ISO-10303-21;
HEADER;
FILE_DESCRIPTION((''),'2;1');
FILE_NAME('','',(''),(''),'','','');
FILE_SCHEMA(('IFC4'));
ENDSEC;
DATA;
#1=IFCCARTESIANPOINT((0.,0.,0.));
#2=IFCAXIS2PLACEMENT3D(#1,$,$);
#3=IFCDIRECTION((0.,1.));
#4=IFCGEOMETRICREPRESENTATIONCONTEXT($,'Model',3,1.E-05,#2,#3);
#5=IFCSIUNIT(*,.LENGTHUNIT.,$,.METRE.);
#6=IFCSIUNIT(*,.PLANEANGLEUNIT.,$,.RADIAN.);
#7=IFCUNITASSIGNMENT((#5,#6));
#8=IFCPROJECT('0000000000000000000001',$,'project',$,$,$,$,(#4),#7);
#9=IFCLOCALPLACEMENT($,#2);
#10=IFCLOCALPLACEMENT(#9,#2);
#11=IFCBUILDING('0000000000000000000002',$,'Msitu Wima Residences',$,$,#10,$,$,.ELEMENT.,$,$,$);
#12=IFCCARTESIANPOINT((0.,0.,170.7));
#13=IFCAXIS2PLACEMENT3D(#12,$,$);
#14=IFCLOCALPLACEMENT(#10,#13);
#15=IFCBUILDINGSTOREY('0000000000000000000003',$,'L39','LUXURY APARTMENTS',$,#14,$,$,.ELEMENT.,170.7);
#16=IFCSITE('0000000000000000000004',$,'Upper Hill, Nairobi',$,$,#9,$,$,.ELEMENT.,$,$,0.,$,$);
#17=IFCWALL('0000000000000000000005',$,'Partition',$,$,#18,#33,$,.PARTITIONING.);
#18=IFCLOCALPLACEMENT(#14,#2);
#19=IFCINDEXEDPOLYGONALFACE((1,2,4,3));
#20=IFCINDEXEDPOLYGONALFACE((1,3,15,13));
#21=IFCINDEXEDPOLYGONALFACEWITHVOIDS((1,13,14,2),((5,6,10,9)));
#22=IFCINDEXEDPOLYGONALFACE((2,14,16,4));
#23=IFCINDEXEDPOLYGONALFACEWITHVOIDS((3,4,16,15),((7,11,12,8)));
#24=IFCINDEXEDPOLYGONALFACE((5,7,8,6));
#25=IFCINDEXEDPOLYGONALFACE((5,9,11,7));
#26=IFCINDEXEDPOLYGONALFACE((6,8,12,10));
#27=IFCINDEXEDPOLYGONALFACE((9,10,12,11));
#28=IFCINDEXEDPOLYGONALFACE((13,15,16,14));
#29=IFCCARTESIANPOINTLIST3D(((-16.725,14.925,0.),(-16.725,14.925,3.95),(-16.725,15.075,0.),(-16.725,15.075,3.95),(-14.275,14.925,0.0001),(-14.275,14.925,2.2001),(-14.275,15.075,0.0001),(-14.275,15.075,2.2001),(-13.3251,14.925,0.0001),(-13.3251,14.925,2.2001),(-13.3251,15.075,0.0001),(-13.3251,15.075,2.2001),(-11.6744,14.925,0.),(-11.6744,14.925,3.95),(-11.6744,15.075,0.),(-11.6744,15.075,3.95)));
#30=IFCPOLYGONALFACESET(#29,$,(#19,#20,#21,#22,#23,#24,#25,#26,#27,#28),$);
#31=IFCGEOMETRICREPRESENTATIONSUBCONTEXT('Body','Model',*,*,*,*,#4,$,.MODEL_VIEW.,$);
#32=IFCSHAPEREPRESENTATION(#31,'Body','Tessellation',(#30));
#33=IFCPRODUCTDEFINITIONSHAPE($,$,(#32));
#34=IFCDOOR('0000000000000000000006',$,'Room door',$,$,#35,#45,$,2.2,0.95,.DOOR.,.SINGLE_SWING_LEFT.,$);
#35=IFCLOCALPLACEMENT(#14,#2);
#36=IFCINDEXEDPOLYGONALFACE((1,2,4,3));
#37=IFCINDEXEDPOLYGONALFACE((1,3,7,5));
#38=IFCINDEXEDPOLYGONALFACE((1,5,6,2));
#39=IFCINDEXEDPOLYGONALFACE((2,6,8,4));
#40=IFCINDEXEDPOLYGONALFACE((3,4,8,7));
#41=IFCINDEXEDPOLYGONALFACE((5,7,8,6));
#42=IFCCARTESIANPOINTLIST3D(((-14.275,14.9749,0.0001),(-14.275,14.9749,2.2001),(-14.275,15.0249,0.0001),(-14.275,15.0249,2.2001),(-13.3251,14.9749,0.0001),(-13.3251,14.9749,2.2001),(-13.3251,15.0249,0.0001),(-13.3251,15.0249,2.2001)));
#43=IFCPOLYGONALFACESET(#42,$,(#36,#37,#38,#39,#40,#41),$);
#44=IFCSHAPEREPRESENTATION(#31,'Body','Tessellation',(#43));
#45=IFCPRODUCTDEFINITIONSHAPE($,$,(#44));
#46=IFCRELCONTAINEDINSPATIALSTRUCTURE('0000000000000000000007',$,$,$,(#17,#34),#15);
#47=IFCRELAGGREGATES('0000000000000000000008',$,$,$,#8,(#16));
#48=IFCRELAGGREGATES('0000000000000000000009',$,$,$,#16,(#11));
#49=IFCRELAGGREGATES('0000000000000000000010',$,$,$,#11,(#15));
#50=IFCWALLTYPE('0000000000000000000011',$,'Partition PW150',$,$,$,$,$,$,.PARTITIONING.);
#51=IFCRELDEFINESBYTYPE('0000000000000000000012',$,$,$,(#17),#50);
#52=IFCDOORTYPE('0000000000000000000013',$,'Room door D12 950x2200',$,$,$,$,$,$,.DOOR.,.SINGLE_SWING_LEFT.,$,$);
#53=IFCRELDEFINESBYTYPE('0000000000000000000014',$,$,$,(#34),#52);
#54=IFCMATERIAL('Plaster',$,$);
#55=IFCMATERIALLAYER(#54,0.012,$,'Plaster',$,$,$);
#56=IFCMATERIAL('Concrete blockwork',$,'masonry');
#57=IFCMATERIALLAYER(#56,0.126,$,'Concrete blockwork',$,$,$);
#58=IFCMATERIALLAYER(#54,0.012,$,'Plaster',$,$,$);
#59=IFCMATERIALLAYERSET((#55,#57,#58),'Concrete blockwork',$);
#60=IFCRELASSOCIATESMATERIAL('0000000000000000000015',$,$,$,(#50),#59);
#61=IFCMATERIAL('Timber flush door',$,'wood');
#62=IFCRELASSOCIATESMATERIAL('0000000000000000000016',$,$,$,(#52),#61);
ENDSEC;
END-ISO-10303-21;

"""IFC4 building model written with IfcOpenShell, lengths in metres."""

from ifc_helpers import new_model, si_unit, direction, frame, frame_2d, origin, place, context, subcontext, project, spatial, rectangle, extrude, material, layer, layer_set, type_object, element, fill, save


model = new_model("IFC4")

# Units and contexts
model_context = context("Model", 3, precision=1e-05, world=origin(), true_north=direction((0.0, 1.0)))
body_context = subcontext(model_context, "Body", "Model", "MODEL_VIEW")
ifc_project = project(units=[si_unit("LENGTHUNIT", "METRE"), si_unit("PLANEANGLEUNIT", "RADIAN")], contexts=[model_context])

# Site, building, storey
site_placement = place(None, origin())
site = spatial("IfcSite", under=ifc_project, at=site_placement, Name="Upper Hill, Nairobi", CompositionType="ELEMENT", RefElevation=0.0)
building_placement = place(site_placement, origin())
building = spatial("IfcBuilding", under=site, at=building_placement, Name="Msitu Wima Residences", CompositionType="ELEMENT")
storey_placement = place(building_placement, frame((0.0, 0.0, 170.7)))
storey = spatial("IfcBuildingStorey", under=building, at=storey_placement, Name="L39", Description="LUXURY APARTMENTS", CompositionType="ELEMENT", Elevation=170.7)

# Shared definitions
ifc_material_1 = material(Name="Plaster")
ifc_material_2 = material(Name="Concrete blockwork", Category="masonry")
ifc_layer_1 = layer(ifc_material_1, 0.012, Name="Plaster")
ifc_layer_2 = layer(ifc_material_2, 0.126, Name="Concrete blockwork")
ifc_layer_3 = layer(ifc_material_1, 0.012, Name="Plaster")
ifc_layer_set_1 = layer_set([ifc_layer_1, ifc_layer_2, ifc_layer_3], Name="Concrete blockwork")
wall_type_1 = type_object("IfcWallType", Name="Partition PW150", PredefinedType="PARTITIONING", material=ifc_layer_set_1)

# Shared definitions
ifc_material_3 = material(Name="Timber flush door", Category="wood")
door_type = type_object("IfcDoorType", Name="Room door D12 950x2200", OperationType="SINGLE_SWING_LEFT", PredefinedType="DOOR", material=ifc_material_3)

# Wall, opening, door
wall_1_placement = place(storey_placement, frame((-16.7251, 15.0, 0.0), z_axis=(0.0, 0.0, 1.0), x_axis=(1.0, 0.0, 0.0)))
wall_1 = element("IfcWall", 1, at=wall_1_placement, inside=storey, type_object=wall_type_1, Name="Partition", PredefinedType="PARTITIONING", context=body_context, shape_type="SweptSolid", body=[
    extrude(rectangle(XDim=5.0505, YDim=0.1499, at=frame_2d((2.5254, 0.0))), origin(), (0.0, 0.0, 1.0), 3.95),
])
opening_1_placement = place(wall_1_placement, frame((2.45, 0.0, 0.0)))
opening_1 = element("IfcOpeningElement", 2, at=opening_1_placement, cuts=wall_1, PredefinedType="OPENING", context=body_context, shape_type="SweptSolid", body=[
    extrude(rectangle(XDim=0.95, YDim=2.2, at=frame_2d((0.4751, 1.1001))), frame((0.0, 0.085, 0.0), z_axis=(0.0, -1.0, 0.0), x_axis=(1.0, 0.0, 0.0)), (0.0, 0.0, 1.0), 0.1699),
])
door_1_placement = place(opening_1_placement, origin())
door_1 = element("IfcDoor", 3, at=door_1_placement, inside=storey, type_object=door_type, Name="Room door", OperationType="SINGLE_SWING_LEFT", OverallHeight=2.2, OverallWidth=0.95, PredefinedType="DOOR", context=body_context, shape_type="SweptSolid", body=[
    extrude(rectangle(XDim=0.95, YDim=2.2, at=frame_2d((0.4751, 1.1001))), frame((0.0, 0.0249, 0.0), z_axis=(0.0, -1.0, 0.0), x_axis=(1.0, 0.0, 0.0)), (0.0, 0.0, 1.0), 0.05),
])
fill(opening_1, door_1)

save(model, "model.ifc")
